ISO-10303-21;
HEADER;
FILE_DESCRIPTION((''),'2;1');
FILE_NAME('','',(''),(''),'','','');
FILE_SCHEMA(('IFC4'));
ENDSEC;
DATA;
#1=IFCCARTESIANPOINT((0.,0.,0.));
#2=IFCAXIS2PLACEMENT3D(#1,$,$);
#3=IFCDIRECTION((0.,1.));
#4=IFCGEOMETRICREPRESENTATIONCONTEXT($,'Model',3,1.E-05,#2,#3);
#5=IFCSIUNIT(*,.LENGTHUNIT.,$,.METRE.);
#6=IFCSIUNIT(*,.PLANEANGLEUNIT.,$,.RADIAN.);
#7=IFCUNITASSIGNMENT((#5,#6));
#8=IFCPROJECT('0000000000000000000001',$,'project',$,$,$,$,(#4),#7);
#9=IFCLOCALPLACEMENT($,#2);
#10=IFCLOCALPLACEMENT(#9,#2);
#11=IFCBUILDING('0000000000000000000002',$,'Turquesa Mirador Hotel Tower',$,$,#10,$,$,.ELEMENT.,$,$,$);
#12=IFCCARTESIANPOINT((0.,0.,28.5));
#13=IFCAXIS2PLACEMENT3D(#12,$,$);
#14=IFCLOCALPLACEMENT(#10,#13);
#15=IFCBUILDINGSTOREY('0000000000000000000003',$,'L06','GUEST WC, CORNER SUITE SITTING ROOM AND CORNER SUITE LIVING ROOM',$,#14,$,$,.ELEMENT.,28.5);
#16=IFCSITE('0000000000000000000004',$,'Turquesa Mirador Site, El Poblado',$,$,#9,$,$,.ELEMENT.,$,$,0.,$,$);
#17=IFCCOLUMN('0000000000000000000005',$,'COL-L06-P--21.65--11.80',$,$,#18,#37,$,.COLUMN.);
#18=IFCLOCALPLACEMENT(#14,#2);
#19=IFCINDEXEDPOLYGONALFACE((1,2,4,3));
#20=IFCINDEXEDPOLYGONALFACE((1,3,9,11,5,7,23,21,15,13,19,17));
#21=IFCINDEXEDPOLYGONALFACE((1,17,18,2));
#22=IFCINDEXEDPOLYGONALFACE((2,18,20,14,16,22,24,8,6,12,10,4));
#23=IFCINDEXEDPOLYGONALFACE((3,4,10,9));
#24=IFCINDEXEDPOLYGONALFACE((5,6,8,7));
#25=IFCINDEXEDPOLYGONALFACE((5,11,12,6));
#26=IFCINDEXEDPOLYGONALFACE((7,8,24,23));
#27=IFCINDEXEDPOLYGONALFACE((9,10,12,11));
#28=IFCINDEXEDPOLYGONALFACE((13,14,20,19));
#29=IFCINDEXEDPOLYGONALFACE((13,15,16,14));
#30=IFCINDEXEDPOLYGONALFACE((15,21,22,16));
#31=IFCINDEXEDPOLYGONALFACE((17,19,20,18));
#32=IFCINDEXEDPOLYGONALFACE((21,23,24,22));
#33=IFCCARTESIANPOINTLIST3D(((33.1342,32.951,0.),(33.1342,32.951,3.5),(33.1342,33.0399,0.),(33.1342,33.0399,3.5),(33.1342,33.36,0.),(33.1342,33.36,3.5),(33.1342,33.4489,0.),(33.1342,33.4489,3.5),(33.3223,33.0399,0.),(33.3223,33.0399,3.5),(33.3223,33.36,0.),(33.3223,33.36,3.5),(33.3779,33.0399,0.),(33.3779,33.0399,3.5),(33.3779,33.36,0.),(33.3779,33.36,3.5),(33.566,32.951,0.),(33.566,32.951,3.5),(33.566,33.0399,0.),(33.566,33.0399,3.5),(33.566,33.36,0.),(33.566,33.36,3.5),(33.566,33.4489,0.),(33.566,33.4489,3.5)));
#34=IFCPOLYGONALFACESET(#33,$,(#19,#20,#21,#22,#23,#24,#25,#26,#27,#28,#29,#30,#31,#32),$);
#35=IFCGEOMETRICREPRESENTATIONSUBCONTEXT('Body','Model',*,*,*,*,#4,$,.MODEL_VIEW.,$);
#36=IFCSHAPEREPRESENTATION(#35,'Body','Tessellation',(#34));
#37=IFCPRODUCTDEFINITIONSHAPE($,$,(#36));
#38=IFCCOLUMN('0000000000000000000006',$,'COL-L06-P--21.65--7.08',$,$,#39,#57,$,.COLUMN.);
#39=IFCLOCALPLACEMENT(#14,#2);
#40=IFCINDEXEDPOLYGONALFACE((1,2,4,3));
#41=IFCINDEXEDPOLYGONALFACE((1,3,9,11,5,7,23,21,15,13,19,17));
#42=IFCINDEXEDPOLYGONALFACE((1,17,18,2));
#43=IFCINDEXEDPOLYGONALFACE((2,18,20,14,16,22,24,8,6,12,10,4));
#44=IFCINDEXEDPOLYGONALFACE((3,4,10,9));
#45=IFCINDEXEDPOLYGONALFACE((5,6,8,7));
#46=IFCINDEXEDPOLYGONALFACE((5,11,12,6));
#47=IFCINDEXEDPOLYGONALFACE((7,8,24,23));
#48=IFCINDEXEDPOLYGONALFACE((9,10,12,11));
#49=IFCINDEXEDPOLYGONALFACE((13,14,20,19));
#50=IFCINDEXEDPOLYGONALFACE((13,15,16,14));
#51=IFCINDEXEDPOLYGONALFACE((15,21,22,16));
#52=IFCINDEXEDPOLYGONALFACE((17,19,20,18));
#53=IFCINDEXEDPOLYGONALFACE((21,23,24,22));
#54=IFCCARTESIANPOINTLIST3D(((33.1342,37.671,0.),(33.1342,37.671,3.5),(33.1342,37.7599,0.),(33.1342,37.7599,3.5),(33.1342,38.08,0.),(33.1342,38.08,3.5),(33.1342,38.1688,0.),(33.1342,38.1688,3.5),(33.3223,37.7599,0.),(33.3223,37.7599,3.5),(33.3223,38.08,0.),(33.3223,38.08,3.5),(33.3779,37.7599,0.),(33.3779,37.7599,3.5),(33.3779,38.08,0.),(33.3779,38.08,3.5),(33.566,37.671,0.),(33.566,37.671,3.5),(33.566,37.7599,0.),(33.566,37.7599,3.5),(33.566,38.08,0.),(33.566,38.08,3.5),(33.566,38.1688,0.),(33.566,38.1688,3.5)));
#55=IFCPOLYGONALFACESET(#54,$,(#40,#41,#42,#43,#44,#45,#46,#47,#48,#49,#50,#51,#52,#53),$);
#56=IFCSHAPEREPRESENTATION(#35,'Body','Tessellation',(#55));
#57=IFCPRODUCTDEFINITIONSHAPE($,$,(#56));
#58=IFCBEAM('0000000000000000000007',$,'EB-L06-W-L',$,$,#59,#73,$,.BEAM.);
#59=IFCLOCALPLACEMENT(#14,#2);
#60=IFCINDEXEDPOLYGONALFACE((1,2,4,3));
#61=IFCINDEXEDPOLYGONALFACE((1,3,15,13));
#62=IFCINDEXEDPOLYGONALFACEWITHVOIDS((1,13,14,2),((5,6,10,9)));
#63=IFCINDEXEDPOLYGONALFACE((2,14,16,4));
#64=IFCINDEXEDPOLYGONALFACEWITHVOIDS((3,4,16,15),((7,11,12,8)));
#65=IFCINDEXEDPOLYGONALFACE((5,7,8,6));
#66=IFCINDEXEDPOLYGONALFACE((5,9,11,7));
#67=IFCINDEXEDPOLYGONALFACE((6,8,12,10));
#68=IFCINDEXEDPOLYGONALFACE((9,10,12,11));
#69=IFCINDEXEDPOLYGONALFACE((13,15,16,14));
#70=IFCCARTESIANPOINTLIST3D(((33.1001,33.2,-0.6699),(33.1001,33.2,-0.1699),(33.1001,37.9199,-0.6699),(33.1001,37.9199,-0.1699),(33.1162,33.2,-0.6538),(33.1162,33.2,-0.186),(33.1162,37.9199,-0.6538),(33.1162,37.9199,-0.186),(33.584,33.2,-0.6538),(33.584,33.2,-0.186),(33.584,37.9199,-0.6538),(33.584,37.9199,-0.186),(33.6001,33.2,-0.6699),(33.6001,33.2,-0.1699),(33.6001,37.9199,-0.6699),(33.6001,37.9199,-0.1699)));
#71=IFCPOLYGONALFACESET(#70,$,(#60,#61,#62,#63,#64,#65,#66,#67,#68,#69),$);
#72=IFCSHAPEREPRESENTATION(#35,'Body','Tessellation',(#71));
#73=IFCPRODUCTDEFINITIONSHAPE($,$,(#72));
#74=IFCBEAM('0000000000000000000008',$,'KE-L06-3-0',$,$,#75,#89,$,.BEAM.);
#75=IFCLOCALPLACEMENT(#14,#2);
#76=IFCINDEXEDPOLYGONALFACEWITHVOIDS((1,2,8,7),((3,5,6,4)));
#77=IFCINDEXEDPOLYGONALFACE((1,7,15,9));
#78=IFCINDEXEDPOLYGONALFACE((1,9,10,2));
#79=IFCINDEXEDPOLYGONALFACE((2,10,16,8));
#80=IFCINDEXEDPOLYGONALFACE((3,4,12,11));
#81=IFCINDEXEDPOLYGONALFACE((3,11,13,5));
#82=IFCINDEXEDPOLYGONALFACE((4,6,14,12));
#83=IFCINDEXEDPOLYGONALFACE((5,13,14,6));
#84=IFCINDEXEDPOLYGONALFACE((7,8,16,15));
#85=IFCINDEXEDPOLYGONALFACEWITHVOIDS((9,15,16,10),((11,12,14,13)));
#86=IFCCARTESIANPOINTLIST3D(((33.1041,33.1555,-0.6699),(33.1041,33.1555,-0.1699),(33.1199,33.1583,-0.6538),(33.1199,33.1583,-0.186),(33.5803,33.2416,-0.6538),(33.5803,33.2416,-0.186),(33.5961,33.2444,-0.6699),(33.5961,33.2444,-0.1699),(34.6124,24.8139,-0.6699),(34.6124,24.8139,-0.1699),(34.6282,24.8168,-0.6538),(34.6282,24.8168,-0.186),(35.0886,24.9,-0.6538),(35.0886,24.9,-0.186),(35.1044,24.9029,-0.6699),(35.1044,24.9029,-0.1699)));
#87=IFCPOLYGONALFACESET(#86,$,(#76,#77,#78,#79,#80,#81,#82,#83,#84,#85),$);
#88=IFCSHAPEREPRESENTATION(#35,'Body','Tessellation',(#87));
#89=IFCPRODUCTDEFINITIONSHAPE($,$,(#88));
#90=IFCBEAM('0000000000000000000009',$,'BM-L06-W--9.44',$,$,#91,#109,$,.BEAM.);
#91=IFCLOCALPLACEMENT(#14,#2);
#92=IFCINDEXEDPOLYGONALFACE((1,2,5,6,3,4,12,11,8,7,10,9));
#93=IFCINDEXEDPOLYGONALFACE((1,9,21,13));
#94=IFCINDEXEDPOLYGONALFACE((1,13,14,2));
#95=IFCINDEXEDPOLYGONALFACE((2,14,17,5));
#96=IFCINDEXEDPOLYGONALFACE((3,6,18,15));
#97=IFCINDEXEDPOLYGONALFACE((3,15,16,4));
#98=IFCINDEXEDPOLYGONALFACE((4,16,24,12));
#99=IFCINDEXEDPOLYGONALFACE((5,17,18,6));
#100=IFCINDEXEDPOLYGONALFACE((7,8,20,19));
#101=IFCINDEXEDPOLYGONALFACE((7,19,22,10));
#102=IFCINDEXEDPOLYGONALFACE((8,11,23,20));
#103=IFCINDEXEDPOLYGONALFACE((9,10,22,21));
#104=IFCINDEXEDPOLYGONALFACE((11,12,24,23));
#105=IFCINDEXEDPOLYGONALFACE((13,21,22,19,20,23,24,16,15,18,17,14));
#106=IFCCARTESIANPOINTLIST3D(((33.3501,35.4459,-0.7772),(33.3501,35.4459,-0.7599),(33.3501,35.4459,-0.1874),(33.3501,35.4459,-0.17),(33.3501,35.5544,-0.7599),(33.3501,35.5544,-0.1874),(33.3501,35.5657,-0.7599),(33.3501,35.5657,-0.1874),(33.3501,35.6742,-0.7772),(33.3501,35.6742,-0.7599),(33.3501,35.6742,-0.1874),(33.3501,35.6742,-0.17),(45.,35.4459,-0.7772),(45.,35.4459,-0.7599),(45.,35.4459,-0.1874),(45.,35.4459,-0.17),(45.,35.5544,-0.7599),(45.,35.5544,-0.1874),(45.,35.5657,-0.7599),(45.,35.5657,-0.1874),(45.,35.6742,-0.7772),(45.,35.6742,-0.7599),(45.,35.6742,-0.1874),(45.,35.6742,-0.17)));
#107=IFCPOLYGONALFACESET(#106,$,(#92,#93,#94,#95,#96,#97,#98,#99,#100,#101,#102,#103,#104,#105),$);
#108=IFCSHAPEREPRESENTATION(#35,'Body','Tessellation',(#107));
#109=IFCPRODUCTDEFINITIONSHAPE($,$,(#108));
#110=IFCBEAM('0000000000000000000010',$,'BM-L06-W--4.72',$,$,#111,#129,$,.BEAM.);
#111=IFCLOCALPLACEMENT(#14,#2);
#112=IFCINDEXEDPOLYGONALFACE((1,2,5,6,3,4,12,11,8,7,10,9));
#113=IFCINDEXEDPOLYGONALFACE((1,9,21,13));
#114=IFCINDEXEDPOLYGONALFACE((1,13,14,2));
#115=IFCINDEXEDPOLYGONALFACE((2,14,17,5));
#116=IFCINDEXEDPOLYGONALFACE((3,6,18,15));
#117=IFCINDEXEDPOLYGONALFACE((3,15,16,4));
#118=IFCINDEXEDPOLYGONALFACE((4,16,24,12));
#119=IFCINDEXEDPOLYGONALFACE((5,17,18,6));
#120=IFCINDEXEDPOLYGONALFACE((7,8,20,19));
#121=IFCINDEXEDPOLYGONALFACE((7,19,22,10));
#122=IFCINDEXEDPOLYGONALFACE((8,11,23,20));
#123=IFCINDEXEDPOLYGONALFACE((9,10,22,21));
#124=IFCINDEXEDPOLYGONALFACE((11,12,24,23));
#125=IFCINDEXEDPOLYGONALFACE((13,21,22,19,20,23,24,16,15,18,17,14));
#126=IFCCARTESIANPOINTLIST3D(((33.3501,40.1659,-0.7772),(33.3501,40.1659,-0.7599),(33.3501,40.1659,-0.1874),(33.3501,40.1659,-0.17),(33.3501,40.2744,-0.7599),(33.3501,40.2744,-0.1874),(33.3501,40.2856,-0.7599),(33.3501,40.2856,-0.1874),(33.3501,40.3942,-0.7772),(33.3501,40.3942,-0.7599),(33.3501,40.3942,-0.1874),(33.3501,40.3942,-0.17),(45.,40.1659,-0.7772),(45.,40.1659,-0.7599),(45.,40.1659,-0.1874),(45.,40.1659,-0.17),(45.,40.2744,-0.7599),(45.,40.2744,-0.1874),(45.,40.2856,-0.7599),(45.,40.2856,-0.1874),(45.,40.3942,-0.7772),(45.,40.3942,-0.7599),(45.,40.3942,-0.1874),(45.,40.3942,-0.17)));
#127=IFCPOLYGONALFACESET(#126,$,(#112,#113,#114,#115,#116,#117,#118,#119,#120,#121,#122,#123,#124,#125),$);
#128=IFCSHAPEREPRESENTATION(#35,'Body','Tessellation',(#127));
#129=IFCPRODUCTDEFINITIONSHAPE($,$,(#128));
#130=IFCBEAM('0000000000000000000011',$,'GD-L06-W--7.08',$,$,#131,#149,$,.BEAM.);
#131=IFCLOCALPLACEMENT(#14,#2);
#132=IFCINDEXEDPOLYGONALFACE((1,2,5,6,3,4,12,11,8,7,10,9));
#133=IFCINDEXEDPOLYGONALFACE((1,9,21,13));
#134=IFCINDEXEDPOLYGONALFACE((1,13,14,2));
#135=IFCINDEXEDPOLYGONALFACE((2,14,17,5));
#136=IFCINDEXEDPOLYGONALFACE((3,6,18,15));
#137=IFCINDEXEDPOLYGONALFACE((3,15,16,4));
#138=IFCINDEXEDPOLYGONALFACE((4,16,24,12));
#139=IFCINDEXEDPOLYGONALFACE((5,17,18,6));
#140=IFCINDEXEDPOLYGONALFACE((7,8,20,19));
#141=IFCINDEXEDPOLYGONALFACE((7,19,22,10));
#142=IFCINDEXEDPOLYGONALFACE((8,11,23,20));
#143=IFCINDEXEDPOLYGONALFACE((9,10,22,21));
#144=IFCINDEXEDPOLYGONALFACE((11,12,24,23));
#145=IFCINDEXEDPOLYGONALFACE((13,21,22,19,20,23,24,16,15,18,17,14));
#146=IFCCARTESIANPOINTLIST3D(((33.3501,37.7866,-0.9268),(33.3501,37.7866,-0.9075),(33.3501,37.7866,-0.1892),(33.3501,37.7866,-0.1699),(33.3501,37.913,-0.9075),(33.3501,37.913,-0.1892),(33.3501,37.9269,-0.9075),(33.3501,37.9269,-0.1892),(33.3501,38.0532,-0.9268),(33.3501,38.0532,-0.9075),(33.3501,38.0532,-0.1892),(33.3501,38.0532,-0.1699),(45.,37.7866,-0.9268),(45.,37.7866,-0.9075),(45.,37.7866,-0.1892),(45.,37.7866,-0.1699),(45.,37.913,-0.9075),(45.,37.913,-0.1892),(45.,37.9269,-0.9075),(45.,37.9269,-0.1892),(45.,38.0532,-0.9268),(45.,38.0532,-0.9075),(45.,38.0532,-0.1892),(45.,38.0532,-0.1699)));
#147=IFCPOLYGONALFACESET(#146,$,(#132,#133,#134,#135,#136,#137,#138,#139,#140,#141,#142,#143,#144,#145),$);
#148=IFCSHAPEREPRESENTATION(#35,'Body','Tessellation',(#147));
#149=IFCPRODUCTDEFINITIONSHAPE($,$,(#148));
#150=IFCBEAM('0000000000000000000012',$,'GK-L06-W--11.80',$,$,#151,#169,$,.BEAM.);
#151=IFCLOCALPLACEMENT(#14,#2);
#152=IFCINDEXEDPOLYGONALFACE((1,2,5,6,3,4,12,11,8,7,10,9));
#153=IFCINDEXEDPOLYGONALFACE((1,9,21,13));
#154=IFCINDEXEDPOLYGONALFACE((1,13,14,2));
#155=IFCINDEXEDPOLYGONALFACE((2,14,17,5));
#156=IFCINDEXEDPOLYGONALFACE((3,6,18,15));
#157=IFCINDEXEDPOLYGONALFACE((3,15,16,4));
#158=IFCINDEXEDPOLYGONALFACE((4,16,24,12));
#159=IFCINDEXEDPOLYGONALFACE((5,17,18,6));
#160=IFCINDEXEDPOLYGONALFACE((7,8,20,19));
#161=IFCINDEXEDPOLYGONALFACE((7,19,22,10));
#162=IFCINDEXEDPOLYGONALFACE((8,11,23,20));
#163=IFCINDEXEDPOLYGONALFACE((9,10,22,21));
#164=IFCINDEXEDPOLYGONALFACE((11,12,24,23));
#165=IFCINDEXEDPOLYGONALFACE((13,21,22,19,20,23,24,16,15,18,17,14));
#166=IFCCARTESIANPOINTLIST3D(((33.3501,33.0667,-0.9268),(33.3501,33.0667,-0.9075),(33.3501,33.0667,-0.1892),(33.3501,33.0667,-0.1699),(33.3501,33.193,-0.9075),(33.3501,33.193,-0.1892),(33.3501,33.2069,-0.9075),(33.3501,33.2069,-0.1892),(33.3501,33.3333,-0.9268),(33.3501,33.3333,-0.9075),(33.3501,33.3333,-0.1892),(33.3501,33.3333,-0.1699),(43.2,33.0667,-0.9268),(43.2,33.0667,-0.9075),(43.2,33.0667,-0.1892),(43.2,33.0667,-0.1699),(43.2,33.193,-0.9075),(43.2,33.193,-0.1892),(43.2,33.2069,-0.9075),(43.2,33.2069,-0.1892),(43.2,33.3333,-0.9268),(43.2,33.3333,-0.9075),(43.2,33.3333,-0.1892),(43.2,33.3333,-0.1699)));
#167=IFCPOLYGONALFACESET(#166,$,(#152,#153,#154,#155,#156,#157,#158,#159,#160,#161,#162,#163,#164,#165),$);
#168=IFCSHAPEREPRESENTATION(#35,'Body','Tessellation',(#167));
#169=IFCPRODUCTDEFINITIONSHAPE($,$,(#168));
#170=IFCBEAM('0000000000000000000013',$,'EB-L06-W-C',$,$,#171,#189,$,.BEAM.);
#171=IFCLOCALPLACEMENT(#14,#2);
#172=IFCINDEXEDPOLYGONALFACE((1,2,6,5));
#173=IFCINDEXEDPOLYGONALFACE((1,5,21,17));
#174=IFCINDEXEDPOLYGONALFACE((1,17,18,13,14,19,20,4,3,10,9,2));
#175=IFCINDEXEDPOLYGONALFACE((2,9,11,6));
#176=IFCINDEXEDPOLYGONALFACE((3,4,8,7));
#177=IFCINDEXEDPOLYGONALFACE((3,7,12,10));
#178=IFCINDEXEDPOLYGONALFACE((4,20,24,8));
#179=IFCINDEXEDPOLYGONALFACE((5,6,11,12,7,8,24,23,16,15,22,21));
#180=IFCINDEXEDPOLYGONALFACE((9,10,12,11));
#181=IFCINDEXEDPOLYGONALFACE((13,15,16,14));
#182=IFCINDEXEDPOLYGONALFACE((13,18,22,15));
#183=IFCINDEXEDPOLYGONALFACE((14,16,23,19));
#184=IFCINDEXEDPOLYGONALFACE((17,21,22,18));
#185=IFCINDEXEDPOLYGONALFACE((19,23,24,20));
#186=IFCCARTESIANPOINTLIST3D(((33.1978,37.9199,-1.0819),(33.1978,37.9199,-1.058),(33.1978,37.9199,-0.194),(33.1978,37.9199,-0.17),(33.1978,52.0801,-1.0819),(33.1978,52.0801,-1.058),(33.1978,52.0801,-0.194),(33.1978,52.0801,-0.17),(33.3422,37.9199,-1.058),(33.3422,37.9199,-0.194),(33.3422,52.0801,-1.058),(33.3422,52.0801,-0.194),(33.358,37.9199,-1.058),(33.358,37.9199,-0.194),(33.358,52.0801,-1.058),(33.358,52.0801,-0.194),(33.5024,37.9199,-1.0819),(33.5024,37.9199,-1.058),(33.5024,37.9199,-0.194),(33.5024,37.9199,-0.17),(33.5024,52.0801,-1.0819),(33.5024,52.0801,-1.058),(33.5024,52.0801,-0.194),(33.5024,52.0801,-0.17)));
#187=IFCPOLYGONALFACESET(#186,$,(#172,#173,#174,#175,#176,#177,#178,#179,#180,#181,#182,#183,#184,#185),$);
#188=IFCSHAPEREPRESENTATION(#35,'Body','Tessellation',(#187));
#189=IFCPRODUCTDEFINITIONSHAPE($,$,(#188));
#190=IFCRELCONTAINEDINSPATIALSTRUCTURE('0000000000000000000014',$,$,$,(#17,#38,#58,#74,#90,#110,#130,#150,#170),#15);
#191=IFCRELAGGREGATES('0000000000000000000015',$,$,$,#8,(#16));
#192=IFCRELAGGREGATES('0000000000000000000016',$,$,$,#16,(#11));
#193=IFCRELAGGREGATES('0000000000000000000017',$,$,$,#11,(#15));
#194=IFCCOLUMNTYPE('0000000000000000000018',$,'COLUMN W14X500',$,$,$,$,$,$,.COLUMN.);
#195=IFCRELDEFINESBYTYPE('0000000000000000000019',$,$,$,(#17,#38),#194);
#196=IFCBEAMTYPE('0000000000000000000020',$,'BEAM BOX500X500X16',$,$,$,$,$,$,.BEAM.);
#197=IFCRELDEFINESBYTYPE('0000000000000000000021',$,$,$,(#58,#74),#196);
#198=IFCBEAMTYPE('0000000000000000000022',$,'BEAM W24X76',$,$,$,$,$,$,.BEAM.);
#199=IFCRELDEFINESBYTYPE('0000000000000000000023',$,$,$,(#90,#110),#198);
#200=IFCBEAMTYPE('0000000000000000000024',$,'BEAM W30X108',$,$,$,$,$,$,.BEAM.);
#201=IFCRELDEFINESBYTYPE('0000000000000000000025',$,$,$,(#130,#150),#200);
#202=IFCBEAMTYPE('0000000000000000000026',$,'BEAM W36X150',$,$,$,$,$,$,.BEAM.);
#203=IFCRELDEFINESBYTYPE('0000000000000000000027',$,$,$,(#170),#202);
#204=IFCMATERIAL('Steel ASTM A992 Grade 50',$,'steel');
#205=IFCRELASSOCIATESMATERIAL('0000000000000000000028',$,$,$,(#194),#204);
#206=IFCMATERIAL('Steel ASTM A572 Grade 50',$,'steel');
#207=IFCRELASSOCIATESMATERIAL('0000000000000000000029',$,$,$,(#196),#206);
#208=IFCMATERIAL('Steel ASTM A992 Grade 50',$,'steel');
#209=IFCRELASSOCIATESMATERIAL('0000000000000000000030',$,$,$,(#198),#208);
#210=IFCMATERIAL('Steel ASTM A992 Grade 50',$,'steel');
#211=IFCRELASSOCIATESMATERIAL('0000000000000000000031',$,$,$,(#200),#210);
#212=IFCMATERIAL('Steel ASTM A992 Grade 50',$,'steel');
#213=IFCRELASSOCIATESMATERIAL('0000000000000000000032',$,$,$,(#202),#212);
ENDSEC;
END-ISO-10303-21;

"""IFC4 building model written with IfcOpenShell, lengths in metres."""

from ifc_helpers import new_model, si_unit, direction, frame, origin, origin_2d, place, context, subcontext, project, spatial, hollow_rectangle, i_section, extrude, material, material_profile, profile_set, type_object, element, save


model = new_model("IFC4")

# Units and contexts
model_context = context("Model", 3, precision=1e-05, world=origin(), true_north=direction((0.0, 1.0)))
body_context = subcontext(model_context, "Body", "Model", "MODEL_VIEW")
ifc_project = project(units=[si_unit("LENGTHUNIT", "METRE"), si_unit("PLANEANGLEUNIT", "RADIAN")], contexts=[model_context])

# Site, building, storey
site_placement = place(None, origin())
site = spatial("IfcSite", under=ifc_project, at=site_placement, Name="Turquesa Mirador Site, El Poblado", CompositionType="ELEMENT", RefElevation=0.0)
building_placement = place(site_placement, origin())
building = spatial("IfcBuilding", under=site, at=building_placement, Name="Turquesa Mirador Hotel Tower", CompositionType="ELEMENT")
storey_placement = place(building_placement, frame((0.0, 0.0, 28.5)))
storey = spatial("IfcBuildingStorey", under=building, at=storey_placement, Name="L06", Description="GUEST WC, CORNER SUITE SITTING ROOM AND CORNER SUITE LIVING ROOM", CompositionType="ELEMENT", Elevation=28.5)

# Columns
ifc_material_1 = material(Name="Steel ASTM A992 Grade 50", Category="steel")
ifc_material_profile_1 = material_profile(ifc_material_1, i_section(OverallWidth=0.4319, OverallDepth=0.4978, WebThickness=0.0557, FlangeThickness=0.0889, at=origin_2d()), Name="W14X500")
ifc_profile_set_1 = profile_set([ifc_material_profile_1], Name="Steel ASTM A992 Grade 50")
column_type = type_object("IfcColumnType", Name="COLUMN W14X500", PredefinedType="COLUMN", material=ifc_profile_set_1)
for number, where, z_axis, x_axis, name in (
    (1, (33.3501, 33.2, 0.0), (0.0, 0.0, 1.0), (1.0, 0.0, 0.0), "COL-L06-P--21.65--11.80"),
    (2, (33.3501, 37.9199, 0.0), (0.0, 0.0, 1.0), (1.0, 0.0, 0.0), "COL-L06-P--21.65--7.08"),
):
    element("IfcColumn", number, at=place(storey_placement, frame(where, z_axis=z_axis, x_axis=x_axis)), inside=storey, type_object=column_type, Name=name, PredefinedType="COLUMN", context=body_context, shape_type="SweptSolid", body=[
        extrude(i_section(OverallWidth=0.4319, OverallDepth=0.4978, WebThickness=0.0557, FlangeThickness=0.0889, at=origin_2d()), origin(), (0.0, 0.0, 1.0), 3.5),
    ])

# Beams
ifc_material_2 = material(Name="Steel ASTM A572 Grade 50", Category="steel")
ifc_material_profile_2 = material_profile(ifc_material_2, hollow_rectangle(XDim=0.5, YDim=0.5, WallThickness=0.0161, at=origin_2d()), Name="BOX500X500X16")
ifc_profile_set_2 = profile_set([ifc_material_profile_2], Name="Steel ASTM A572 Grade 50")
beam_type_1 = type_object("IfcBeamType", Name="BEAM BOX500X500X16", PredefinedType="BEAM", material=ifc_profile_set_2)
beam_1_placement = place(storey_placement, frame((33.3501, 33.2, -0.4199), z_axis=(0.0, 1.0, 0.0), x_axis=(-1.0, 0.0, 0.0)))
element("IfcBeam", 3, at=beam_1_placement, inside=storey, type_object=beam_type_1, Name="EB-L06-W-L", PredefinedType="BEAM", context=body_context, shape_type="SweptSolid", body=[
    extrude(hollow_rectangle(XDim=0.5, YDim=0.5, WallThickness=0.0161, at=origin_2d()), origin(), (0.0, 0.0, 1.0), 4.72),
])
beam_2_placement = place(storey_placement, frame((33.3501, 33.2, -0.4199), z_axis=(0.177932, -0.984043, 0.0), x_axis=(0.984043, 0.177932, 0.0)))
element("IfcBeam", 4, at=beam_2_placement, inside=storey, type_object=beam_type_1, Name="KE-L06-3-0", PredefinedType="BEAM", context=body_context, shape_type="SweptSolid", body=[
    extrude(hollow_rectangle(XDim=0.5, YDim=0.5, WallThickness=0.0161, at=origin_2d()), origin(), (0.0, 0.0, 1.0), 8.4768),
])
ifc_material_3 = material(Name="Steel ASTM A992 Grade 50", Category="steel")
ifc_material_profile_3 = material_profile(ifc_material_3, i_section(OverallWidth=0.2283, OverallDepth=0.6072, WebThickness=0.0112, FlangeThickness=0.0173, at=origin_2d()), Name="W24X76")
ifc_profile_set_3 = profile_set([ifc_material_profile_3], Name="Steel ASTM A992 Grade 50")
beam_type_2 = type_object("IfcBeamType", Name="BEAM W24X76", PredefinedType="BEAM", material=ifc_profile_set_3)
for number, where, z_axis, x_axis, name in (
    (5, (33.3501, 35.5601, -0.4736), (1.0, 0.0, 0.0), (0.0, 1.0, 0.0), "BM-L06-W--9.44"),
    (6, (33.3501, 40.28, -0.4736), (1.0, 0.0, 0.0), (0.0, 1.0, 0.0), "BM-L06-W--4.72"),
):
    element("IfcBeam", number, at=place(storey_placement, frame(where, z_axis=z_axis, x_axis=x_axis)), inside=storey, type_object=beam_type_2, Name=name, PredefinedType="BEAM", context=body_context, shape_type="SweptSolid", body=[
        extrude(i_section(OverallWidth=0.2283, OverallDepth=0.6072, WebThickness=0.0112, FlangeThickness=0.0173, at=origin_2d()), origin(), (0.0, 0.0, 1.0), 11.6499),
    ])
ifc_material_4 = material(Name="Steel ASTM A992 Grade 50", Category="steel")
ifc_material_profile_4 = material_profile(ifc_material_4, i_section(OverallWidth=0.2666, OverallDepth=0.7568, WebThickness=0.0139, FlangeThickness=0.0193, at=origin_2d()), Name="W30X108")
ifc_profile_set_4 = profile_set([ifc_material_profile_4], Name="Steel ASTM A992 Grade 50")
beam_type_3 = type_object("IfcBeamType", Name="BEAM W30X108", PredefinedType="BEAM", material=ifc_profile_set_4)
beam_3_placement = place(storey_placement, frame((33.3501, 37.9199, -0.5483), z_axis=(1.0, 0.0, 0.0), x_axis=(0.0, 1.0, 0.0)))
element("IfcBeam", 7, at=beam_3_placement, inside=storey, type_object=beam_type_3, Name="GD-L06-W--7.08", PredefinedType="BEAM", context=body_context, shape_type="SweptSolid", body=[
    extrude(i_section(OverallWidth=0.2666, OverallDepth=0.7568, WebThickness=0.0139, FlangeThickness=0.0193, at=origin_2d()), origin(), (0.0, 0.0, 1.0), 11.6499),
])
beam_4_placement = place(storey_placement, frame((33.3501, 33.2, -0.5483), z_axis=(1.0, 0.0, 0.0), x_axis=(0.0, 1.0, 0.0)))
element("IfcBeam", 8, at=beam_4_placement, inside=storey, type_object=beam_type_3, Name="GK-L06-W--11.80", PredefinedType="BEAM", context=body_context, shape_type="SweptSolid", body=[
    extrude(i_section(OverallWidth=0.2666, OverallDepth=0.7568, WebThickness=0.0139, FlangeThickness=0.0193, at=origin_2d()), origin(), (0.0, 0.0, 1.0), 9.8499),
])
ifc_material_5 = material(Name="Steel ASTM A992 Grade 50", Category="steel")
ifc_material_profile_5 = material_profile(ifc_material_5, i_section(OverallWidth=0.3047, OverallDepth=0.9119, WebThickness=0.0159, FlangeThickness=0.0239, at=origin_2d()), Name="W36X150")
ifc_profile_set_5 = profile_set([ifc_material_profile_5], Name="Steel ASTM A992 Grade 50")
beam_type_4 = type_object("IfcBeamType", Name="BEAM W36X150", PredefinedType="BEAM", material=ifc_profile_set_5)
beam_5_placement = place(storey_placement, frame((33.3501, 37.9199, -0.626), z_axis=(0.0, 1.0, 0.0), x_axis=(-1.0, 0.0, 0.0)))
element("IfcBeam", 9, at=beam_5_placement, inside=storey, type_object=beam_type_4, Name="EB-L06-W-C", PredefinedType="BEAM", context=body_context, shape_type="SweptSolid", body=[
    extrude(i_section(OverallWidth=0.3047, OverallDepth=0.9119, WebThickness=0.0159, FlangeThickness=0.0239, at=origin_2d()), origin(), (0.0, 0.0, 1.0), 14.1602),
])

save(model, "model.ifc")
